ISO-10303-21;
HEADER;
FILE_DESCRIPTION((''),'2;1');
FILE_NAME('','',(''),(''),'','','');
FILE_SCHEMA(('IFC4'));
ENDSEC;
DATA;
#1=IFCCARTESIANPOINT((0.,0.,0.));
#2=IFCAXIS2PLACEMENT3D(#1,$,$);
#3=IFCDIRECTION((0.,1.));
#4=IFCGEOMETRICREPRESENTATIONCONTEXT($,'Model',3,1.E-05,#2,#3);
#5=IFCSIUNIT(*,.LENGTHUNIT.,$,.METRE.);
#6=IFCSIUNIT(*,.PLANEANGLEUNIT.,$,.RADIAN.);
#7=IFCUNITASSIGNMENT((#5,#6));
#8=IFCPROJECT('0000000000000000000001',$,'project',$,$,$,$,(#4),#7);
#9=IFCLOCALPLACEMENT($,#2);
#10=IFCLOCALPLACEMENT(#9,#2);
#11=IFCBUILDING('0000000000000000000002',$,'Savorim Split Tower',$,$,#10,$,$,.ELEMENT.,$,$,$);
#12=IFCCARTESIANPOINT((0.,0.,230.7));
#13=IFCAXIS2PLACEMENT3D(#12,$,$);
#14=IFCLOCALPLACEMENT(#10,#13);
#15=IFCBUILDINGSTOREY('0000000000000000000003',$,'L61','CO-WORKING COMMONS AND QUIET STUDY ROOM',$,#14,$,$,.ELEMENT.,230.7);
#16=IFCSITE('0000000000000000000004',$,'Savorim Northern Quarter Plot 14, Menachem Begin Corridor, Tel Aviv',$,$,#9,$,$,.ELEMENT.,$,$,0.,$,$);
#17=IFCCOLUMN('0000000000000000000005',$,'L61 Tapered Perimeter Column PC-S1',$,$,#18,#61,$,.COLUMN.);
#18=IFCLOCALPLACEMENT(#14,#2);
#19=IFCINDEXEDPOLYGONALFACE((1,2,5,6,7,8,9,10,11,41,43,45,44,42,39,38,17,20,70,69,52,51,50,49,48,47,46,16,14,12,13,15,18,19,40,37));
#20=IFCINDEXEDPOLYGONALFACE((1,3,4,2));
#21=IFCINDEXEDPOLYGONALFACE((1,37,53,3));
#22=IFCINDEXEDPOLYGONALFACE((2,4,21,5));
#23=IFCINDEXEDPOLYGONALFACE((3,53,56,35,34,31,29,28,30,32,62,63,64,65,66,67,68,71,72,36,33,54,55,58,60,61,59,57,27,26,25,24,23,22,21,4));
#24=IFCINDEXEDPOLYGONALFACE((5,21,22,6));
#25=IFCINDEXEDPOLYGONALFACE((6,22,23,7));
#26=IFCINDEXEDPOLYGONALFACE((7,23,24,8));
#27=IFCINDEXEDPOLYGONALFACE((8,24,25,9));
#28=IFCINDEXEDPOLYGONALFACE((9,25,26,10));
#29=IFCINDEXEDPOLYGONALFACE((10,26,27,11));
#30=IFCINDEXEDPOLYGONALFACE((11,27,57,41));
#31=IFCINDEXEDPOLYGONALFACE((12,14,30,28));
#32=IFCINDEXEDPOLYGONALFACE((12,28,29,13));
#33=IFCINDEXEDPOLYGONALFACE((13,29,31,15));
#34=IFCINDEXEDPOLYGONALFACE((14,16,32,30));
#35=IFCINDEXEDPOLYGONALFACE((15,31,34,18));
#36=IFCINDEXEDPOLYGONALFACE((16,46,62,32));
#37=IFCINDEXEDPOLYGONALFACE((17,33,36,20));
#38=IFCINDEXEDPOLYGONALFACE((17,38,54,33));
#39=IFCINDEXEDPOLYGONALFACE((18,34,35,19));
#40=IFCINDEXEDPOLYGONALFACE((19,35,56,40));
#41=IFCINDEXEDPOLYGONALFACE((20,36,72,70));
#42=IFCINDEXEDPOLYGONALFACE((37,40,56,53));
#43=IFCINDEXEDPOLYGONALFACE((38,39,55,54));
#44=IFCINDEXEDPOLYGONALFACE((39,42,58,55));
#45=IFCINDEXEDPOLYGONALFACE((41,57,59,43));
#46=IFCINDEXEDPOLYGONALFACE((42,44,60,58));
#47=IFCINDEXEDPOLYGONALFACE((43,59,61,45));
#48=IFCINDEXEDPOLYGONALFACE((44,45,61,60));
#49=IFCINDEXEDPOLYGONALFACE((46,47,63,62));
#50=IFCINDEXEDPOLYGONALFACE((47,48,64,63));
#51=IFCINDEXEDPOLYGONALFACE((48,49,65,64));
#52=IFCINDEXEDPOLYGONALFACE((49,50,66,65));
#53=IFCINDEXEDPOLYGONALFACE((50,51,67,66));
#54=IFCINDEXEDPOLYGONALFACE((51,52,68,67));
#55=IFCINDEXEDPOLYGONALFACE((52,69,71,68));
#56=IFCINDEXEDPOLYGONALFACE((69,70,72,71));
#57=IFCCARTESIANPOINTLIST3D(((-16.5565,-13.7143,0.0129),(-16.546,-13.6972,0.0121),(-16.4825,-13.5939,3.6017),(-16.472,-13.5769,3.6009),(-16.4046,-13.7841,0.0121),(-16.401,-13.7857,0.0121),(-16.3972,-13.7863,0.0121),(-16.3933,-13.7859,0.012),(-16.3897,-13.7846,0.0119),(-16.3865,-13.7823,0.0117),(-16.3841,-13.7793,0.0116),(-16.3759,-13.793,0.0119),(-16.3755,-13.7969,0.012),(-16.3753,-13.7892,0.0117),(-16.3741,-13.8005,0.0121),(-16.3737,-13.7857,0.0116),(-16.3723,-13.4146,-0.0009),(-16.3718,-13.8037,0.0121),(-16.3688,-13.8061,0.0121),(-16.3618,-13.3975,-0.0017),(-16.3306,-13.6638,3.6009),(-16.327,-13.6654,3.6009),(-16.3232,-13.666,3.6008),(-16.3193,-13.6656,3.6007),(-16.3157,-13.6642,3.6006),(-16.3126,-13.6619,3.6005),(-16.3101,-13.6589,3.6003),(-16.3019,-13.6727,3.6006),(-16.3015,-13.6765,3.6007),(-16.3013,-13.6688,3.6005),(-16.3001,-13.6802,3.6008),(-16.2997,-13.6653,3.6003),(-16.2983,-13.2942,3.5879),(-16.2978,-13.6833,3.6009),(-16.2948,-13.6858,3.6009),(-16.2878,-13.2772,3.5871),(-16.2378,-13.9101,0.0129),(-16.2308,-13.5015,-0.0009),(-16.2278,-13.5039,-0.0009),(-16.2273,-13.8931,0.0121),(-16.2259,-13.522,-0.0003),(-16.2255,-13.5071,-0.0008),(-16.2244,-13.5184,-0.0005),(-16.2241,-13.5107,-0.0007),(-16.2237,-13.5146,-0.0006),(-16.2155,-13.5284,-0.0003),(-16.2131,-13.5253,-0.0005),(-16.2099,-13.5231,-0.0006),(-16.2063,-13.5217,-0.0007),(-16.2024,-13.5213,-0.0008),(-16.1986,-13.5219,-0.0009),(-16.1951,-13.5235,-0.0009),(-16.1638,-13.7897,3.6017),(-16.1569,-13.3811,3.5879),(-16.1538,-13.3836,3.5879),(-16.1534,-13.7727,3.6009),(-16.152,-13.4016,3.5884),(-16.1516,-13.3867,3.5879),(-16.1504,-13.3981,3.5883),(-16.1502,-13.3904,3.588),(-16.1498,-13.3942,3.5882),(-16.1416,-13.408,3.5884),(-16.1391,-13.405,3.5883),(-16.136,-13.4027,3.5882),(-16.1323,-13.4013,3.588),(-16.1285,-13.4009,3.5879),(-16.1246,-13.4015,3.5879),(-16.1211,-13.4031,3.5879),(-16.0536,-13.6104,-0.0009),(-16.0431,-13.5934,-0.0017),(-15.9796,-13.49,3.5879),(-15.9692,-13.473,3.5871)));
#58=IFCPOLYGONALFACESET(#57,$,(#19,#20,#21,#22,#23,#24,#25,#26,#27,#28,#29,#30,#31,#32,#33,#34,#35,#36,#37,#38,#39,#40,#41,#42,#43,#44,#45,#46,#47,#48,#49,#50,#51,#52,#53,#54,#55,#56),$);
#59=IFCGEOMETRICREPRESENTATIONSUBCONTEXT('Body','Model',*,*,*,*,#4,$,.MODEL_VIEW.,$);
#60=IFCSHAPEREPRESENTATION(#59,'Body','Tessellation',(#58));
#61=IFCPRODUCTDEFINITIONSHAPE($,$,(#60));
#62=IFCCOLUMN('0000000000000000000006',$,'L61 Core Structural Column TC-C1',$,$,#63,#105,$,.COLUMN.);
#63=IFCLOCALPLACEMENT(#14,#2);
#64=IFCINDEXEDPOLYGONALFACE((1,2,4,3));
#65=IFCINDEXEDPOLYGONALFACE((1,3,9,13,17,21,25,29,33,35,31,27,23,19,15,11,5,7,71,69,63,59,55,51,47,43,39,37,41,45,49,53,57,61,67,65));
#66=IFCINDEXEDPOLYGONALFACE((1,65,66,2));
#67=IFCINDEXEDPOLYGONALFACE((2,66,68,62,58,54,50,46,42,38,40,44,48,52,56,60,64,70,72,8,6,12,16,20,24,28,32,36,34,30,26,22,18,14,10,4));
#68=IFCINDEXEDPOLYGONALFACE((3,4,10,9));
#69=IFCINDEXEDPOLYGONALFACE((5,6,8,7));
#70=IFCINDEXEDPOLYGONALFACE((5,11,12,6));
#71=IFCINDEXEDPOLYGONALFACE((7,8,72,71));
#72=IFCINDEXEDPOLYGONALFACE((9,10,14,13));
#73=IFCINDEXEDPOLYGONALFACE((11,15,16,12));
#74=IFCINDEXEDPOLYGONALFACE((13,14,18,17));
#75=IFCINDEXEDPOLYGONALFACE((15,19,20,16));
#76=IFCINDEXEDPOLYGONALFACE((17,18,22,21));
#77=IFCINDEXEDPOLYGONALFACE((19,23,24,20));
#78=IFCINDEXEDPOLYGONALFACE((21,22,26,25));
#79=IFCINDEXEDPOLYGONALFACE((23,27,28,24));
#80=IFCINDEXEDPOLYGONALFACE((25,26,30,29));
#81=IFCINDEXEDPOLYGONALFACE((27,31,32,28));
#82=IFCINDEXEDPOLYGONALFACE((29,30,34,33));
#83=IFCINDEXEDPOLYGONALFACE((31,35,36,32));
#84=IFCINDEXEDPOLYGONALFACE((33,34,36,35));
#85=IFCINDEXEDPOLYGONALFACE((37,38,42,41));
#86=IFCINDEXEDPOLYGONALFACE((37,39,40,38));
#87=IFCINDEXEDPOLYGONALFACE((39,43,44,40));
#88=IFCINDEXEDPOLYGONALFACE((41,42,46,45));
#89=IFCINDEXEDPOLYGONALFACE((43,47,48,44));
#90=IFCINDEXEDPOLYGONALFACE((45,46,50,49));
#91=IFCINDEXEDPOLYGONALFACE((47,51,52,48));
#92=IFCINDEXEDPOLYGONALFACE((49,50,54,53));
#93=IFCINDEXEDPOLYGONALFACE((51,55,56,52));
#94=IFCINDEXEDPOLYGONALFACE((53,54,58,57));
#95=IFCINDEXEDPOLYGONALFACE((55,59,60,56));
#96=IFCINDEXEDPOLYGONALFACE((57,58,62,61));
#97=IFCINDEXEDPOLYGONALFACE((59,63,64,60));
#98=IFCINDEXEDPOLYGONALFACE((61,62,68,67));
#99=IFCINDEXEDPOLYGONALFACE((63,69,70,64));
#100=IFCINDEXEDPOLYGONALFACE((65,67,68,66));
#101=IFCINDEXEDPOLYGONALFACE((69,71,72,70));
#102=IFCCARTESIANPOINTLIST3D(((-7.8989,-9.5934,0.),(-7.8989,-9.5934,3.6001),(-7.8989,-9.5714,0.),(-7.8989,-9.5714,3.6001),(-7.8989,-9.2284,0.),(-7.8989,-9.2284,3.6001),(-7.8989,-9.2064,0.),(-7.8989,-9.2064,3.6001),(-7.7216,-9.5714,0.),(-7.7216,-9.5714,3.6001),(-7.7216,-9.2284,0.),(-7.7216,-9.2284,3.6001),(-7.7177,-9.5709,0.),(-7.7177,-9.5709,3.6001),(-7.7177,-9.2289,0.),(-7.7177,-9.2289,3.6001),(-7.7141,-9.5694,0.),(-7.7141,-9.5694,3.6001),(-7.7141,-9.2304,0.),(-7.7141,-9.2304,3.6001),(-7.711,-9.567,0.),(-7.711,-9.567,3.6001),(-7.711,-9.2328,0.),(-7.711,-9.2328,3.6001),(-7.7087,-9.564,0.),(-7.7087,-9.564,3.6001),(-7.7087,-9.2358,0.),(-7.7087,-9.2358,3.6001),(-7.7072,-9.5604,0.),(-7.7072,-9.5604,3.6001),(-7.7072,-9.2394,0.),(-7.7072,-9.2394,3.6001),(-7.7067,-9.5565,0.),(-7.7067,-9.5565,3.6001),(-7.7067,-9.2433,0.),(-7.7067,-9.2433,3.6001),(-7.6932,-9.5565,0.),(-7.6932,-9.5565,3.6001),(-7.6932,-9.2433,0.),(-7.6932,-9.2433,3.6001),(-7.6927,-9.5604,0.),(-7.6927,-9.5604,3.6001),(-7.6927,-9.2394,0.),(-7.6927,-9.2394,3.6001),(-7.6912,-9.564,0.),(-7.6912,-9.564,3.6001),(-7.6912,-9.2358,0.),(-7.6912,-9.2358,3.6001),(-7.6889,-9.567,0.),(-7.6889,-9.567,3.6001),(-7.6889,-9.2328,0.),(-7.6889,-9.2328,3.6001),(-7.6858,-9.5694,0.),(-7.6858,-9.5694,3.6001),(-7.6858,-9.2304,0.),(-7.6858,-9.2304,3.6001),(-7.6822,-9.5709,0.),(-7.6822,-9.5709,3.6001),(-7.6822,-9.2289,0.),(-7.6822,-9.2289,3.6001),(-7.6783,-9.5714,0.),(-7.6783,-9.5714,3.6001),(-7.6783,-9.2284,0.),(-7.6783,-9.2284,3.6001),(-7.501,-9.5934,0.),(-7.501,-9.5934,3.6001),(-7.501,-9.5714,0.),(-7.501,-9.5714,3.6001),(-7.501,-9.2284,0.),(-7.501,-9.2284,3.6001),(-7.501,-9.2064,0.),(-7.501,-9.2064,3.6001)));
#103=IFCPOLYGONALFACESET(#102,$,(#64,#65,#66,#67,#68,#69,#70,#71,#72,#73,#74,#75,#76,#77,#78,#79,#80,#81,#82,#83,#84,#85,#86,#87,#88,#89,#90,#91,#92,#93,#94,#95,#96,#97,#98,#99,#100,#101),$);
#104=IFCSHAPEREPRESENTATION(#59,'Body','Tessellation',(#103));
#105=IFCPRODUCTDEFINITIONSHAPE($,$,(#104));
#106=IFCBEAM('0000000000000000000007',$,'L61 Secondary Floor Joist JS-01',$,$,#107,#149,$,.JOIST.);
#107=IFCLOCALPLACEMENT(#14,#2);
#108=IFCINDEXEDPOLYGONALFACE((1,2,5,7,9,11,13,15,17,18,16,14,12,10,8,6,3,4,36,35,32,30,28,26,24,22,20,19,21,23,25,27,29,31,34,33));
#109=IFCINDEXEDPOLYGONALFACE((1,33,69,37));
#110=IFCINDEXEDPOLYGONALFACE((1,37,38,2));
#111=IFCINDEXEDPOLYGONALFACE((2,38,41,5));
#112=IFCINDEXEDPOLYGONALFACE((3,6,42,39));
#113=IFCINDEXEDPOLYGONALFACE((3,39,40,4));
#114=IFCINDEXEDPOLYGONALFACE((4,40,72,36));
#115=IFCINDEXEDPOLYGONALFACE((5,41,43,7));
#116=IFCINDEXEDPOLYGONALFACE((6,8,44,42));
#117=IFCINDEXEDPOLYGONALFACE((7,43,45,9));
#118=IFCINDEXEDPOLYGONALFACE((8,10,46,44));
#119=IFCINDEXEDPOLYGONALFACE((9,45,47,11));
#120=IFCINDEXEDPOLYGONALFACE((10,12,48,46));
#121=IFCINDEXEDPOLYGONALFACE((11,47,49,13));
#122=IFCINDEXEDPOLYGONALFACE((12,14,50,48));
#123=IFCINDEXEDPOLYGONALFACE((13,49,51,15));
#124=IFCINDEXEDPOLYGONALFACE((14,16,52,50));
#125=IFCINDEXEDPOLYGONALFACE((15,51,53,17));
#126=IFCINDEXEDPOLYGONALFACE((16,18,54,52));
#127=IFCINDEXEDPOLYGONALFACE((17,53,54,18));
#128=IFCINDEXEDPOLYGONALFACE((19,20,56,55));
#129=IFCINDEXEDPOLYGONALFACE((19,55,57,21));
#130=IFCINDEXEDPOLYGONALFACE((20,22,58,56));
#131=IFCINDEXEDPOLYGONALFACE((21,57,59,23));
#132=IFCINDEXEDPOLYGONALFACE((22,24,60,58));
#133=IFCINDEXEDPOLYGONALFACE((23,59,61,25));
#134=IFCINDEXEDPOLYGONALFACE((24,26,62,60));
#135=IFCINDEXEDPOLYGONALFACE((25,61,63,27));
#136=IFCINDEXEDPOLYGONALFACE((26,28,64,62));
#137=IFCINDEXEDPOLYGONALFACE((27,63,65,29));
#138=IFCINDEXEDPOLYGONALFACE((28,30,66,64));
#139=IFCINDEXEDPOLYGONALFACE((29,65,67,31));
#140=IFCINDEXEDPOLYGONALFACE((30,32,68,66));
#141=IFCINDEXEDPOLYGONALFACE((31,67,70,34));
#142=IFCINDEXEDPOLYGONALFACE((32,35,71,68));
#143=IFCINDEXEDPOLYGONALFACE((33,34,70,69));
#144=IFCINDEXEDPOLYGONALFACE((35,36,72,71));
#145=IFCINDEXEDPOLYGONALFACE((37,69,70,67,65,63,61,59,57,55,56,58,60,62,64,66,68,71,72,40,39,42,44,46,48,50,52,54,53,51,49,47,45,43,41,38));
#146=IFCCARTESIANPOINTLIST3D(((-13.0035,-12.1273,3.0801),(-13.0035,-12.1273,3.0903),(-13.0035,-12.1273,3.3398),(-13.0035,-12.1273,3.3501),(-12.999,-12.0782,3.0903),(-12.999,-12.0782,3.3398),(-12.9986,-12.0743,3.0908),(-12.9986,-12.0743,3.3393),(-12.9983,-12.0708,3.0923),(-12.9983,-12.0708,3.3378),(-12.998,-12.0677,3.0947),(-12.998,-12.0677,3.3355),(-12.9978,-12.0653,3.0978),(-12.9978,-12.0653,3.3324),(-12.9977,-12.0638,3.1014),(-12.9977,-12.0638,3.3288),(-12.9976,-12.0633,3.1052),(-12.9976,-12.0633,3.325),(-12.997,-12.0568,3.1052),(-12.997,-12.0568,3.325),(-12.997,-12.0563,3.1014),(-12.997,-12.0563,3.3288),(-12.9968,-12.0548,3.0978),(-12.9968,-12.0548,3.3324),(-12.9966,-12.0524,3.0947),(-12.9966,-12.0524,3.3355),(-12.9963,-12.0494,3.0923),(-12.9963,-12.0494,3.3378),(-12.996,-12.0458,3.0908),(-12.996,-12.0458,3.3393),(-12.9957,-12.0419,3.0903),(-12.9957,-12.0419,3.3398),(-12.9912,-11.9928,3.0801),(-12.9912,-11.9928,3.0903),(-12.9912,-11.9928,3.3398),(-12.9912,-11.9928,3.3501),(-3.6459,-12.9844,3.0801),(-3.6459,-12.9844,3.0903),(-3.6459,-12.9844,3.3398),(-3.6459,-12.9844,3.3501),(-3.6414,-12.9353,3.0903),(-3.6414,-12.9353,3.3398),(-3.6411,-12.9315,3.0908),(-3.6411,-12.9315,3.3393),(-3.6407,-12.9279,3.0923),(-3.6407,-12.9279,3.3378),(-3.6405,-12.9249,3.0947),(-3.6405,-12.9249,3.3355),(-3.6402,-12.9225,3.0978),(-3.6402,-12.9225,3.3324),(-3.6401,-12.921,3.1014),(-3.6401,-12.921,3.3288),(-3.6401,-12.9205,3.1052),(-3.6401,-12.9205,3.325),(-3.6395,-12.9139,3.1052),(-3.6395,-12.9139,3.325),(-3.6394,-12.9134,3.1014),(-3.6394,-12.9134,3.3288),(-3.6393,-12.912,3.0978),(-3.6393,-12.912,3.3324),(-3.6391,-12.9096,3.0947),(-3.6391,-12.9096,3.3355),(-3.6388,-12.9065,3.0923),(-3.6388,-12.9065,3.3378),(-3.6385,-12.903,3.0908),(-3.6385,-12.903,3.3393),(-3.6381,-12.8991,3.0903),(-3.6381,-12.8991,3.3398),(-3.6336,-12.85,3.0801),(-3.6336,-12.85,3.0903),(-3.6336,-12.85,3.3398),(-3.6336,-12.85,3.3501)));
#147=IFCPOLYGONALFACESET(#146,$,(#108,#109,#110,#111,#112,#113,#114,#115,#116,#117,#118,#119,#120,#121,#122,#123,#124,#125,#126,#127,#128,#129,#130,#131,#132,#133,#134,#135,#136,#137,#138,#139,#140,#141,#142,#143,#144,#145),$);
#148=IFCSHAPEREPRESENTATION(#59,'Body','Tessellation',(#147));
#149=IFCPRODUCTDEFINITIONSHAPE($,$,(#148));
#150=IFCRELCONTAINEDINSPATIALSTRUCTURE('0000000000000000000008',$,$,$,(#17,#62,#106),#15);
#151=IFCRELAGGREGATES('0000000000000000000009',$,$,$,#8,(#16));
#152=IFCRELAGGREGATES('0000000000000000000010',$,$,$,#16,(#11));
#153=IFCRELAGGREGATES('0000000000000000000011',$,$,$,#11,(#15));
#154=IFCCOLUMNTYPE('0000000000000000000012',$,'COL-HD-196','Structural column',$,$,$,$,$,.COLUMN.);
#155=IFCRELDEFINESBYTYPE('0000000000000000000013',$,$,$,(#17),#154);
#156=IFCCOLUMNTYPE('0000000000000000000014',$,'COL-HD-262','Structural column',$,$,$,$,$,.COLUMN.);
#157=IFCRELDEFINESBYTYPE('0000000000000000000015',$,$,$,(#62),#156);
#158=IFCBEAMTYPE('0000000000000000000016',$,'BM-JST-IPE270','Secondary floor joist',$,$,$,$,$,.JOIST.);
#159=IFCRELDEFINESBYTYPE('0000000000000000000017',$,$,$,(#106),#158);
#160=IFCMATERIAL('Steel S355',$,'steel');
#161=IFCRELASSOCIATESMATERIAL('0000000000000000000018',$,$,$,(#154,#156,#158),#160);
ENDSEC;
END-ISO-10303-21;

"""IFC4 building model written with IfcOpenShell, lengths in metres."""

from ifc_helpers import new_model, si_unit, direction, frame, origin, origin_2d, place, context, subcontext, project, spatial, i_section, extrude, material, material_profile, profile_set, type_object, element, save


model = new_model("IFC4")

# Units and contexts
model_context = context("Model", 3, precision=1e-05, world=origin(), true_north=direction((0.0, 1.0)))
body_context = subcontext(model_context, "Body", "Model", "MODEL_VIEW")
ifc_project = project(units=[si_unit("LENGTHUNIT", "METRE"), si_unit("PLANEANGLEUNIT", "RADIAN")], contexts=[model_context])

# Site, building, storey
site_placement = place(None, origin())
site = spatial("IfcSite", under=ifc_project, at=site_placement, Name="Savorim Northern Quarter Plot 14, Menachem Begin Corridor, Tel Aviv", CompositionType="ELEMENT", RefElevation=0.0)
building_placement = place(site_placement, origin())
building = spatial("IfcBuilding", under=site, at=building_placement, Name="Savorim Split Tower", CompositionType="ELEMENT")
storey_placement = place(building_placement, frame((0.0, 0.0, 230.7)))
storey = spatial("IfcBuildingStorey", under=building, at=storey_placement, Name="L61", Description="CO-WORKING COMMONS AND QUIET STUDY ROOM", CompositionType="ELEMENT", Elevation=230.7)

# Columns
ifc_material_1 = material(Name="Steel S355", Category="steel")
ifc_material_profile_1 = material_profile(ifc_material_1, i_section(OverallWidth=0.374, OverallDepth=0.3721, WebThickness=0.0122, FlangeThickness=0.02, FilletRadius=0.0149, at=origin_2d()), Name="HD 360x196")
ifc_profile_set_1 = profile_set([ifc_material_profile_1], Name="Steel S355")
column_type_1 = type_object("IfcColumnType", Name="COL-HD-196", Description="Structural column", PredefinedType="COLUMN", material=ifc_profile_set_1)
column_1_placement = place(storey_placement, frame((-16.2998, -13.6538, 0.0056), z_axis=(0.020596, 0.033511, 0.999226), x_axis=(-0.851955, 0.523615, 0.0)))
element("IfcColumn", 1, at=column_1_placement, inside=storey, type_object=column_type_1, Name="L61 Tapered Perimeter Column PC-S1", PredefinedType="COLUMN", context=body_context, shape_type="SweptSolid", body=[
    extrude(i_section(OverallWidth=0.374, OverallDepth=0.3721, WebThickness=0.0122, FlangeThickness=0.02, FilletRadius=0.0149, at=origin_2d()), origin(), (0.0, 0.0, 1.0), 3.5916),
])
ifc_material_profile_2 = material_profile(ifc_material_1, i_section(OverallWidth=0.3979, OverallDepth=0.387, WebThickness=0.0134, FlangeThickness=0.022, FilletRadius=0.0149, at=origin_2d()), Name="HD 400x262")
ifc_profile_set_2 = profile_set([ifc_material_profile_2], Name="Steel S355")
column_type_2 = type_object("IfcColumnType", Name="COL-HD-262", Description="Structural column", PredefinedType="COLUMN", material=ifc_profile_set_2)
column_2_placement = place(storey_placement, frame((-7.7, -9.3999, 0.0), z_axis=(0.0, 0.0, 1.0), x_axis=(1.0, 0.0, 0.0)))
element("IfcColumn", 2, at=column_2_placement, inside=storey, type_object=column_type_2, Name="L61 Core Structural Column TC-C1", PredefinedType="COLUMN", context=body_context, shape_type="SweptSolid", body=[
    extrude(i_section(OverallWidth=0.3979, OverallDepth=0.387, WebThickness=0.0134, FlangeThickness=0.022, FilletRadius=0.0149, at=origin_2d()), origin(), (0.0, 0.0, 1.0), 3.6001),
])

# Beam
ifc_material_profile_3 = material_profile(ifc_material_1, i_section(OverallWidth=0.135, OverallDepth=0.27, WebThickness=0.0066, FlangeThickness=0.0103, FilletRadius=0.0149, at=origin_2d()), Name="IPE 270")
ifc_profile_set_3 = profile_set([ifc_material_profile_3], Name="Steel S355")
beam_type_1 = type_object("IfcBeamType", Name="BM-JST-IPE270", Description="Secondary floor joist", PredefinedType="JOIST", material=ifc_profile_set_3)
beam_1_placement = place(storey_placement, frame((-12.9973, -12.0601, 3.2151), z_axis=(0.995831, -0.09122, 0.0), x_axis=(0.09122, 0.995831, 0.0)))
element("IfcBeam", 3, at=beam_1_placement, inside=storey, type_object=beam_type_1, Name="L61 Secondary Floor Joist JS-01", PredefinedType="JOIST", context=body_context, shape_type="SweptSolid", body=[
    extrude(i_section(OverallWidth=0.135, OverallDepth=0.27, WebThickness=0.0066, FlangeThickness=0.0103, FilletRadius=0.0149, at=origin_2d()), origin(), (0.0, 0.0, 1.0), 9.3967),
])

save(model, "model.ifc")
